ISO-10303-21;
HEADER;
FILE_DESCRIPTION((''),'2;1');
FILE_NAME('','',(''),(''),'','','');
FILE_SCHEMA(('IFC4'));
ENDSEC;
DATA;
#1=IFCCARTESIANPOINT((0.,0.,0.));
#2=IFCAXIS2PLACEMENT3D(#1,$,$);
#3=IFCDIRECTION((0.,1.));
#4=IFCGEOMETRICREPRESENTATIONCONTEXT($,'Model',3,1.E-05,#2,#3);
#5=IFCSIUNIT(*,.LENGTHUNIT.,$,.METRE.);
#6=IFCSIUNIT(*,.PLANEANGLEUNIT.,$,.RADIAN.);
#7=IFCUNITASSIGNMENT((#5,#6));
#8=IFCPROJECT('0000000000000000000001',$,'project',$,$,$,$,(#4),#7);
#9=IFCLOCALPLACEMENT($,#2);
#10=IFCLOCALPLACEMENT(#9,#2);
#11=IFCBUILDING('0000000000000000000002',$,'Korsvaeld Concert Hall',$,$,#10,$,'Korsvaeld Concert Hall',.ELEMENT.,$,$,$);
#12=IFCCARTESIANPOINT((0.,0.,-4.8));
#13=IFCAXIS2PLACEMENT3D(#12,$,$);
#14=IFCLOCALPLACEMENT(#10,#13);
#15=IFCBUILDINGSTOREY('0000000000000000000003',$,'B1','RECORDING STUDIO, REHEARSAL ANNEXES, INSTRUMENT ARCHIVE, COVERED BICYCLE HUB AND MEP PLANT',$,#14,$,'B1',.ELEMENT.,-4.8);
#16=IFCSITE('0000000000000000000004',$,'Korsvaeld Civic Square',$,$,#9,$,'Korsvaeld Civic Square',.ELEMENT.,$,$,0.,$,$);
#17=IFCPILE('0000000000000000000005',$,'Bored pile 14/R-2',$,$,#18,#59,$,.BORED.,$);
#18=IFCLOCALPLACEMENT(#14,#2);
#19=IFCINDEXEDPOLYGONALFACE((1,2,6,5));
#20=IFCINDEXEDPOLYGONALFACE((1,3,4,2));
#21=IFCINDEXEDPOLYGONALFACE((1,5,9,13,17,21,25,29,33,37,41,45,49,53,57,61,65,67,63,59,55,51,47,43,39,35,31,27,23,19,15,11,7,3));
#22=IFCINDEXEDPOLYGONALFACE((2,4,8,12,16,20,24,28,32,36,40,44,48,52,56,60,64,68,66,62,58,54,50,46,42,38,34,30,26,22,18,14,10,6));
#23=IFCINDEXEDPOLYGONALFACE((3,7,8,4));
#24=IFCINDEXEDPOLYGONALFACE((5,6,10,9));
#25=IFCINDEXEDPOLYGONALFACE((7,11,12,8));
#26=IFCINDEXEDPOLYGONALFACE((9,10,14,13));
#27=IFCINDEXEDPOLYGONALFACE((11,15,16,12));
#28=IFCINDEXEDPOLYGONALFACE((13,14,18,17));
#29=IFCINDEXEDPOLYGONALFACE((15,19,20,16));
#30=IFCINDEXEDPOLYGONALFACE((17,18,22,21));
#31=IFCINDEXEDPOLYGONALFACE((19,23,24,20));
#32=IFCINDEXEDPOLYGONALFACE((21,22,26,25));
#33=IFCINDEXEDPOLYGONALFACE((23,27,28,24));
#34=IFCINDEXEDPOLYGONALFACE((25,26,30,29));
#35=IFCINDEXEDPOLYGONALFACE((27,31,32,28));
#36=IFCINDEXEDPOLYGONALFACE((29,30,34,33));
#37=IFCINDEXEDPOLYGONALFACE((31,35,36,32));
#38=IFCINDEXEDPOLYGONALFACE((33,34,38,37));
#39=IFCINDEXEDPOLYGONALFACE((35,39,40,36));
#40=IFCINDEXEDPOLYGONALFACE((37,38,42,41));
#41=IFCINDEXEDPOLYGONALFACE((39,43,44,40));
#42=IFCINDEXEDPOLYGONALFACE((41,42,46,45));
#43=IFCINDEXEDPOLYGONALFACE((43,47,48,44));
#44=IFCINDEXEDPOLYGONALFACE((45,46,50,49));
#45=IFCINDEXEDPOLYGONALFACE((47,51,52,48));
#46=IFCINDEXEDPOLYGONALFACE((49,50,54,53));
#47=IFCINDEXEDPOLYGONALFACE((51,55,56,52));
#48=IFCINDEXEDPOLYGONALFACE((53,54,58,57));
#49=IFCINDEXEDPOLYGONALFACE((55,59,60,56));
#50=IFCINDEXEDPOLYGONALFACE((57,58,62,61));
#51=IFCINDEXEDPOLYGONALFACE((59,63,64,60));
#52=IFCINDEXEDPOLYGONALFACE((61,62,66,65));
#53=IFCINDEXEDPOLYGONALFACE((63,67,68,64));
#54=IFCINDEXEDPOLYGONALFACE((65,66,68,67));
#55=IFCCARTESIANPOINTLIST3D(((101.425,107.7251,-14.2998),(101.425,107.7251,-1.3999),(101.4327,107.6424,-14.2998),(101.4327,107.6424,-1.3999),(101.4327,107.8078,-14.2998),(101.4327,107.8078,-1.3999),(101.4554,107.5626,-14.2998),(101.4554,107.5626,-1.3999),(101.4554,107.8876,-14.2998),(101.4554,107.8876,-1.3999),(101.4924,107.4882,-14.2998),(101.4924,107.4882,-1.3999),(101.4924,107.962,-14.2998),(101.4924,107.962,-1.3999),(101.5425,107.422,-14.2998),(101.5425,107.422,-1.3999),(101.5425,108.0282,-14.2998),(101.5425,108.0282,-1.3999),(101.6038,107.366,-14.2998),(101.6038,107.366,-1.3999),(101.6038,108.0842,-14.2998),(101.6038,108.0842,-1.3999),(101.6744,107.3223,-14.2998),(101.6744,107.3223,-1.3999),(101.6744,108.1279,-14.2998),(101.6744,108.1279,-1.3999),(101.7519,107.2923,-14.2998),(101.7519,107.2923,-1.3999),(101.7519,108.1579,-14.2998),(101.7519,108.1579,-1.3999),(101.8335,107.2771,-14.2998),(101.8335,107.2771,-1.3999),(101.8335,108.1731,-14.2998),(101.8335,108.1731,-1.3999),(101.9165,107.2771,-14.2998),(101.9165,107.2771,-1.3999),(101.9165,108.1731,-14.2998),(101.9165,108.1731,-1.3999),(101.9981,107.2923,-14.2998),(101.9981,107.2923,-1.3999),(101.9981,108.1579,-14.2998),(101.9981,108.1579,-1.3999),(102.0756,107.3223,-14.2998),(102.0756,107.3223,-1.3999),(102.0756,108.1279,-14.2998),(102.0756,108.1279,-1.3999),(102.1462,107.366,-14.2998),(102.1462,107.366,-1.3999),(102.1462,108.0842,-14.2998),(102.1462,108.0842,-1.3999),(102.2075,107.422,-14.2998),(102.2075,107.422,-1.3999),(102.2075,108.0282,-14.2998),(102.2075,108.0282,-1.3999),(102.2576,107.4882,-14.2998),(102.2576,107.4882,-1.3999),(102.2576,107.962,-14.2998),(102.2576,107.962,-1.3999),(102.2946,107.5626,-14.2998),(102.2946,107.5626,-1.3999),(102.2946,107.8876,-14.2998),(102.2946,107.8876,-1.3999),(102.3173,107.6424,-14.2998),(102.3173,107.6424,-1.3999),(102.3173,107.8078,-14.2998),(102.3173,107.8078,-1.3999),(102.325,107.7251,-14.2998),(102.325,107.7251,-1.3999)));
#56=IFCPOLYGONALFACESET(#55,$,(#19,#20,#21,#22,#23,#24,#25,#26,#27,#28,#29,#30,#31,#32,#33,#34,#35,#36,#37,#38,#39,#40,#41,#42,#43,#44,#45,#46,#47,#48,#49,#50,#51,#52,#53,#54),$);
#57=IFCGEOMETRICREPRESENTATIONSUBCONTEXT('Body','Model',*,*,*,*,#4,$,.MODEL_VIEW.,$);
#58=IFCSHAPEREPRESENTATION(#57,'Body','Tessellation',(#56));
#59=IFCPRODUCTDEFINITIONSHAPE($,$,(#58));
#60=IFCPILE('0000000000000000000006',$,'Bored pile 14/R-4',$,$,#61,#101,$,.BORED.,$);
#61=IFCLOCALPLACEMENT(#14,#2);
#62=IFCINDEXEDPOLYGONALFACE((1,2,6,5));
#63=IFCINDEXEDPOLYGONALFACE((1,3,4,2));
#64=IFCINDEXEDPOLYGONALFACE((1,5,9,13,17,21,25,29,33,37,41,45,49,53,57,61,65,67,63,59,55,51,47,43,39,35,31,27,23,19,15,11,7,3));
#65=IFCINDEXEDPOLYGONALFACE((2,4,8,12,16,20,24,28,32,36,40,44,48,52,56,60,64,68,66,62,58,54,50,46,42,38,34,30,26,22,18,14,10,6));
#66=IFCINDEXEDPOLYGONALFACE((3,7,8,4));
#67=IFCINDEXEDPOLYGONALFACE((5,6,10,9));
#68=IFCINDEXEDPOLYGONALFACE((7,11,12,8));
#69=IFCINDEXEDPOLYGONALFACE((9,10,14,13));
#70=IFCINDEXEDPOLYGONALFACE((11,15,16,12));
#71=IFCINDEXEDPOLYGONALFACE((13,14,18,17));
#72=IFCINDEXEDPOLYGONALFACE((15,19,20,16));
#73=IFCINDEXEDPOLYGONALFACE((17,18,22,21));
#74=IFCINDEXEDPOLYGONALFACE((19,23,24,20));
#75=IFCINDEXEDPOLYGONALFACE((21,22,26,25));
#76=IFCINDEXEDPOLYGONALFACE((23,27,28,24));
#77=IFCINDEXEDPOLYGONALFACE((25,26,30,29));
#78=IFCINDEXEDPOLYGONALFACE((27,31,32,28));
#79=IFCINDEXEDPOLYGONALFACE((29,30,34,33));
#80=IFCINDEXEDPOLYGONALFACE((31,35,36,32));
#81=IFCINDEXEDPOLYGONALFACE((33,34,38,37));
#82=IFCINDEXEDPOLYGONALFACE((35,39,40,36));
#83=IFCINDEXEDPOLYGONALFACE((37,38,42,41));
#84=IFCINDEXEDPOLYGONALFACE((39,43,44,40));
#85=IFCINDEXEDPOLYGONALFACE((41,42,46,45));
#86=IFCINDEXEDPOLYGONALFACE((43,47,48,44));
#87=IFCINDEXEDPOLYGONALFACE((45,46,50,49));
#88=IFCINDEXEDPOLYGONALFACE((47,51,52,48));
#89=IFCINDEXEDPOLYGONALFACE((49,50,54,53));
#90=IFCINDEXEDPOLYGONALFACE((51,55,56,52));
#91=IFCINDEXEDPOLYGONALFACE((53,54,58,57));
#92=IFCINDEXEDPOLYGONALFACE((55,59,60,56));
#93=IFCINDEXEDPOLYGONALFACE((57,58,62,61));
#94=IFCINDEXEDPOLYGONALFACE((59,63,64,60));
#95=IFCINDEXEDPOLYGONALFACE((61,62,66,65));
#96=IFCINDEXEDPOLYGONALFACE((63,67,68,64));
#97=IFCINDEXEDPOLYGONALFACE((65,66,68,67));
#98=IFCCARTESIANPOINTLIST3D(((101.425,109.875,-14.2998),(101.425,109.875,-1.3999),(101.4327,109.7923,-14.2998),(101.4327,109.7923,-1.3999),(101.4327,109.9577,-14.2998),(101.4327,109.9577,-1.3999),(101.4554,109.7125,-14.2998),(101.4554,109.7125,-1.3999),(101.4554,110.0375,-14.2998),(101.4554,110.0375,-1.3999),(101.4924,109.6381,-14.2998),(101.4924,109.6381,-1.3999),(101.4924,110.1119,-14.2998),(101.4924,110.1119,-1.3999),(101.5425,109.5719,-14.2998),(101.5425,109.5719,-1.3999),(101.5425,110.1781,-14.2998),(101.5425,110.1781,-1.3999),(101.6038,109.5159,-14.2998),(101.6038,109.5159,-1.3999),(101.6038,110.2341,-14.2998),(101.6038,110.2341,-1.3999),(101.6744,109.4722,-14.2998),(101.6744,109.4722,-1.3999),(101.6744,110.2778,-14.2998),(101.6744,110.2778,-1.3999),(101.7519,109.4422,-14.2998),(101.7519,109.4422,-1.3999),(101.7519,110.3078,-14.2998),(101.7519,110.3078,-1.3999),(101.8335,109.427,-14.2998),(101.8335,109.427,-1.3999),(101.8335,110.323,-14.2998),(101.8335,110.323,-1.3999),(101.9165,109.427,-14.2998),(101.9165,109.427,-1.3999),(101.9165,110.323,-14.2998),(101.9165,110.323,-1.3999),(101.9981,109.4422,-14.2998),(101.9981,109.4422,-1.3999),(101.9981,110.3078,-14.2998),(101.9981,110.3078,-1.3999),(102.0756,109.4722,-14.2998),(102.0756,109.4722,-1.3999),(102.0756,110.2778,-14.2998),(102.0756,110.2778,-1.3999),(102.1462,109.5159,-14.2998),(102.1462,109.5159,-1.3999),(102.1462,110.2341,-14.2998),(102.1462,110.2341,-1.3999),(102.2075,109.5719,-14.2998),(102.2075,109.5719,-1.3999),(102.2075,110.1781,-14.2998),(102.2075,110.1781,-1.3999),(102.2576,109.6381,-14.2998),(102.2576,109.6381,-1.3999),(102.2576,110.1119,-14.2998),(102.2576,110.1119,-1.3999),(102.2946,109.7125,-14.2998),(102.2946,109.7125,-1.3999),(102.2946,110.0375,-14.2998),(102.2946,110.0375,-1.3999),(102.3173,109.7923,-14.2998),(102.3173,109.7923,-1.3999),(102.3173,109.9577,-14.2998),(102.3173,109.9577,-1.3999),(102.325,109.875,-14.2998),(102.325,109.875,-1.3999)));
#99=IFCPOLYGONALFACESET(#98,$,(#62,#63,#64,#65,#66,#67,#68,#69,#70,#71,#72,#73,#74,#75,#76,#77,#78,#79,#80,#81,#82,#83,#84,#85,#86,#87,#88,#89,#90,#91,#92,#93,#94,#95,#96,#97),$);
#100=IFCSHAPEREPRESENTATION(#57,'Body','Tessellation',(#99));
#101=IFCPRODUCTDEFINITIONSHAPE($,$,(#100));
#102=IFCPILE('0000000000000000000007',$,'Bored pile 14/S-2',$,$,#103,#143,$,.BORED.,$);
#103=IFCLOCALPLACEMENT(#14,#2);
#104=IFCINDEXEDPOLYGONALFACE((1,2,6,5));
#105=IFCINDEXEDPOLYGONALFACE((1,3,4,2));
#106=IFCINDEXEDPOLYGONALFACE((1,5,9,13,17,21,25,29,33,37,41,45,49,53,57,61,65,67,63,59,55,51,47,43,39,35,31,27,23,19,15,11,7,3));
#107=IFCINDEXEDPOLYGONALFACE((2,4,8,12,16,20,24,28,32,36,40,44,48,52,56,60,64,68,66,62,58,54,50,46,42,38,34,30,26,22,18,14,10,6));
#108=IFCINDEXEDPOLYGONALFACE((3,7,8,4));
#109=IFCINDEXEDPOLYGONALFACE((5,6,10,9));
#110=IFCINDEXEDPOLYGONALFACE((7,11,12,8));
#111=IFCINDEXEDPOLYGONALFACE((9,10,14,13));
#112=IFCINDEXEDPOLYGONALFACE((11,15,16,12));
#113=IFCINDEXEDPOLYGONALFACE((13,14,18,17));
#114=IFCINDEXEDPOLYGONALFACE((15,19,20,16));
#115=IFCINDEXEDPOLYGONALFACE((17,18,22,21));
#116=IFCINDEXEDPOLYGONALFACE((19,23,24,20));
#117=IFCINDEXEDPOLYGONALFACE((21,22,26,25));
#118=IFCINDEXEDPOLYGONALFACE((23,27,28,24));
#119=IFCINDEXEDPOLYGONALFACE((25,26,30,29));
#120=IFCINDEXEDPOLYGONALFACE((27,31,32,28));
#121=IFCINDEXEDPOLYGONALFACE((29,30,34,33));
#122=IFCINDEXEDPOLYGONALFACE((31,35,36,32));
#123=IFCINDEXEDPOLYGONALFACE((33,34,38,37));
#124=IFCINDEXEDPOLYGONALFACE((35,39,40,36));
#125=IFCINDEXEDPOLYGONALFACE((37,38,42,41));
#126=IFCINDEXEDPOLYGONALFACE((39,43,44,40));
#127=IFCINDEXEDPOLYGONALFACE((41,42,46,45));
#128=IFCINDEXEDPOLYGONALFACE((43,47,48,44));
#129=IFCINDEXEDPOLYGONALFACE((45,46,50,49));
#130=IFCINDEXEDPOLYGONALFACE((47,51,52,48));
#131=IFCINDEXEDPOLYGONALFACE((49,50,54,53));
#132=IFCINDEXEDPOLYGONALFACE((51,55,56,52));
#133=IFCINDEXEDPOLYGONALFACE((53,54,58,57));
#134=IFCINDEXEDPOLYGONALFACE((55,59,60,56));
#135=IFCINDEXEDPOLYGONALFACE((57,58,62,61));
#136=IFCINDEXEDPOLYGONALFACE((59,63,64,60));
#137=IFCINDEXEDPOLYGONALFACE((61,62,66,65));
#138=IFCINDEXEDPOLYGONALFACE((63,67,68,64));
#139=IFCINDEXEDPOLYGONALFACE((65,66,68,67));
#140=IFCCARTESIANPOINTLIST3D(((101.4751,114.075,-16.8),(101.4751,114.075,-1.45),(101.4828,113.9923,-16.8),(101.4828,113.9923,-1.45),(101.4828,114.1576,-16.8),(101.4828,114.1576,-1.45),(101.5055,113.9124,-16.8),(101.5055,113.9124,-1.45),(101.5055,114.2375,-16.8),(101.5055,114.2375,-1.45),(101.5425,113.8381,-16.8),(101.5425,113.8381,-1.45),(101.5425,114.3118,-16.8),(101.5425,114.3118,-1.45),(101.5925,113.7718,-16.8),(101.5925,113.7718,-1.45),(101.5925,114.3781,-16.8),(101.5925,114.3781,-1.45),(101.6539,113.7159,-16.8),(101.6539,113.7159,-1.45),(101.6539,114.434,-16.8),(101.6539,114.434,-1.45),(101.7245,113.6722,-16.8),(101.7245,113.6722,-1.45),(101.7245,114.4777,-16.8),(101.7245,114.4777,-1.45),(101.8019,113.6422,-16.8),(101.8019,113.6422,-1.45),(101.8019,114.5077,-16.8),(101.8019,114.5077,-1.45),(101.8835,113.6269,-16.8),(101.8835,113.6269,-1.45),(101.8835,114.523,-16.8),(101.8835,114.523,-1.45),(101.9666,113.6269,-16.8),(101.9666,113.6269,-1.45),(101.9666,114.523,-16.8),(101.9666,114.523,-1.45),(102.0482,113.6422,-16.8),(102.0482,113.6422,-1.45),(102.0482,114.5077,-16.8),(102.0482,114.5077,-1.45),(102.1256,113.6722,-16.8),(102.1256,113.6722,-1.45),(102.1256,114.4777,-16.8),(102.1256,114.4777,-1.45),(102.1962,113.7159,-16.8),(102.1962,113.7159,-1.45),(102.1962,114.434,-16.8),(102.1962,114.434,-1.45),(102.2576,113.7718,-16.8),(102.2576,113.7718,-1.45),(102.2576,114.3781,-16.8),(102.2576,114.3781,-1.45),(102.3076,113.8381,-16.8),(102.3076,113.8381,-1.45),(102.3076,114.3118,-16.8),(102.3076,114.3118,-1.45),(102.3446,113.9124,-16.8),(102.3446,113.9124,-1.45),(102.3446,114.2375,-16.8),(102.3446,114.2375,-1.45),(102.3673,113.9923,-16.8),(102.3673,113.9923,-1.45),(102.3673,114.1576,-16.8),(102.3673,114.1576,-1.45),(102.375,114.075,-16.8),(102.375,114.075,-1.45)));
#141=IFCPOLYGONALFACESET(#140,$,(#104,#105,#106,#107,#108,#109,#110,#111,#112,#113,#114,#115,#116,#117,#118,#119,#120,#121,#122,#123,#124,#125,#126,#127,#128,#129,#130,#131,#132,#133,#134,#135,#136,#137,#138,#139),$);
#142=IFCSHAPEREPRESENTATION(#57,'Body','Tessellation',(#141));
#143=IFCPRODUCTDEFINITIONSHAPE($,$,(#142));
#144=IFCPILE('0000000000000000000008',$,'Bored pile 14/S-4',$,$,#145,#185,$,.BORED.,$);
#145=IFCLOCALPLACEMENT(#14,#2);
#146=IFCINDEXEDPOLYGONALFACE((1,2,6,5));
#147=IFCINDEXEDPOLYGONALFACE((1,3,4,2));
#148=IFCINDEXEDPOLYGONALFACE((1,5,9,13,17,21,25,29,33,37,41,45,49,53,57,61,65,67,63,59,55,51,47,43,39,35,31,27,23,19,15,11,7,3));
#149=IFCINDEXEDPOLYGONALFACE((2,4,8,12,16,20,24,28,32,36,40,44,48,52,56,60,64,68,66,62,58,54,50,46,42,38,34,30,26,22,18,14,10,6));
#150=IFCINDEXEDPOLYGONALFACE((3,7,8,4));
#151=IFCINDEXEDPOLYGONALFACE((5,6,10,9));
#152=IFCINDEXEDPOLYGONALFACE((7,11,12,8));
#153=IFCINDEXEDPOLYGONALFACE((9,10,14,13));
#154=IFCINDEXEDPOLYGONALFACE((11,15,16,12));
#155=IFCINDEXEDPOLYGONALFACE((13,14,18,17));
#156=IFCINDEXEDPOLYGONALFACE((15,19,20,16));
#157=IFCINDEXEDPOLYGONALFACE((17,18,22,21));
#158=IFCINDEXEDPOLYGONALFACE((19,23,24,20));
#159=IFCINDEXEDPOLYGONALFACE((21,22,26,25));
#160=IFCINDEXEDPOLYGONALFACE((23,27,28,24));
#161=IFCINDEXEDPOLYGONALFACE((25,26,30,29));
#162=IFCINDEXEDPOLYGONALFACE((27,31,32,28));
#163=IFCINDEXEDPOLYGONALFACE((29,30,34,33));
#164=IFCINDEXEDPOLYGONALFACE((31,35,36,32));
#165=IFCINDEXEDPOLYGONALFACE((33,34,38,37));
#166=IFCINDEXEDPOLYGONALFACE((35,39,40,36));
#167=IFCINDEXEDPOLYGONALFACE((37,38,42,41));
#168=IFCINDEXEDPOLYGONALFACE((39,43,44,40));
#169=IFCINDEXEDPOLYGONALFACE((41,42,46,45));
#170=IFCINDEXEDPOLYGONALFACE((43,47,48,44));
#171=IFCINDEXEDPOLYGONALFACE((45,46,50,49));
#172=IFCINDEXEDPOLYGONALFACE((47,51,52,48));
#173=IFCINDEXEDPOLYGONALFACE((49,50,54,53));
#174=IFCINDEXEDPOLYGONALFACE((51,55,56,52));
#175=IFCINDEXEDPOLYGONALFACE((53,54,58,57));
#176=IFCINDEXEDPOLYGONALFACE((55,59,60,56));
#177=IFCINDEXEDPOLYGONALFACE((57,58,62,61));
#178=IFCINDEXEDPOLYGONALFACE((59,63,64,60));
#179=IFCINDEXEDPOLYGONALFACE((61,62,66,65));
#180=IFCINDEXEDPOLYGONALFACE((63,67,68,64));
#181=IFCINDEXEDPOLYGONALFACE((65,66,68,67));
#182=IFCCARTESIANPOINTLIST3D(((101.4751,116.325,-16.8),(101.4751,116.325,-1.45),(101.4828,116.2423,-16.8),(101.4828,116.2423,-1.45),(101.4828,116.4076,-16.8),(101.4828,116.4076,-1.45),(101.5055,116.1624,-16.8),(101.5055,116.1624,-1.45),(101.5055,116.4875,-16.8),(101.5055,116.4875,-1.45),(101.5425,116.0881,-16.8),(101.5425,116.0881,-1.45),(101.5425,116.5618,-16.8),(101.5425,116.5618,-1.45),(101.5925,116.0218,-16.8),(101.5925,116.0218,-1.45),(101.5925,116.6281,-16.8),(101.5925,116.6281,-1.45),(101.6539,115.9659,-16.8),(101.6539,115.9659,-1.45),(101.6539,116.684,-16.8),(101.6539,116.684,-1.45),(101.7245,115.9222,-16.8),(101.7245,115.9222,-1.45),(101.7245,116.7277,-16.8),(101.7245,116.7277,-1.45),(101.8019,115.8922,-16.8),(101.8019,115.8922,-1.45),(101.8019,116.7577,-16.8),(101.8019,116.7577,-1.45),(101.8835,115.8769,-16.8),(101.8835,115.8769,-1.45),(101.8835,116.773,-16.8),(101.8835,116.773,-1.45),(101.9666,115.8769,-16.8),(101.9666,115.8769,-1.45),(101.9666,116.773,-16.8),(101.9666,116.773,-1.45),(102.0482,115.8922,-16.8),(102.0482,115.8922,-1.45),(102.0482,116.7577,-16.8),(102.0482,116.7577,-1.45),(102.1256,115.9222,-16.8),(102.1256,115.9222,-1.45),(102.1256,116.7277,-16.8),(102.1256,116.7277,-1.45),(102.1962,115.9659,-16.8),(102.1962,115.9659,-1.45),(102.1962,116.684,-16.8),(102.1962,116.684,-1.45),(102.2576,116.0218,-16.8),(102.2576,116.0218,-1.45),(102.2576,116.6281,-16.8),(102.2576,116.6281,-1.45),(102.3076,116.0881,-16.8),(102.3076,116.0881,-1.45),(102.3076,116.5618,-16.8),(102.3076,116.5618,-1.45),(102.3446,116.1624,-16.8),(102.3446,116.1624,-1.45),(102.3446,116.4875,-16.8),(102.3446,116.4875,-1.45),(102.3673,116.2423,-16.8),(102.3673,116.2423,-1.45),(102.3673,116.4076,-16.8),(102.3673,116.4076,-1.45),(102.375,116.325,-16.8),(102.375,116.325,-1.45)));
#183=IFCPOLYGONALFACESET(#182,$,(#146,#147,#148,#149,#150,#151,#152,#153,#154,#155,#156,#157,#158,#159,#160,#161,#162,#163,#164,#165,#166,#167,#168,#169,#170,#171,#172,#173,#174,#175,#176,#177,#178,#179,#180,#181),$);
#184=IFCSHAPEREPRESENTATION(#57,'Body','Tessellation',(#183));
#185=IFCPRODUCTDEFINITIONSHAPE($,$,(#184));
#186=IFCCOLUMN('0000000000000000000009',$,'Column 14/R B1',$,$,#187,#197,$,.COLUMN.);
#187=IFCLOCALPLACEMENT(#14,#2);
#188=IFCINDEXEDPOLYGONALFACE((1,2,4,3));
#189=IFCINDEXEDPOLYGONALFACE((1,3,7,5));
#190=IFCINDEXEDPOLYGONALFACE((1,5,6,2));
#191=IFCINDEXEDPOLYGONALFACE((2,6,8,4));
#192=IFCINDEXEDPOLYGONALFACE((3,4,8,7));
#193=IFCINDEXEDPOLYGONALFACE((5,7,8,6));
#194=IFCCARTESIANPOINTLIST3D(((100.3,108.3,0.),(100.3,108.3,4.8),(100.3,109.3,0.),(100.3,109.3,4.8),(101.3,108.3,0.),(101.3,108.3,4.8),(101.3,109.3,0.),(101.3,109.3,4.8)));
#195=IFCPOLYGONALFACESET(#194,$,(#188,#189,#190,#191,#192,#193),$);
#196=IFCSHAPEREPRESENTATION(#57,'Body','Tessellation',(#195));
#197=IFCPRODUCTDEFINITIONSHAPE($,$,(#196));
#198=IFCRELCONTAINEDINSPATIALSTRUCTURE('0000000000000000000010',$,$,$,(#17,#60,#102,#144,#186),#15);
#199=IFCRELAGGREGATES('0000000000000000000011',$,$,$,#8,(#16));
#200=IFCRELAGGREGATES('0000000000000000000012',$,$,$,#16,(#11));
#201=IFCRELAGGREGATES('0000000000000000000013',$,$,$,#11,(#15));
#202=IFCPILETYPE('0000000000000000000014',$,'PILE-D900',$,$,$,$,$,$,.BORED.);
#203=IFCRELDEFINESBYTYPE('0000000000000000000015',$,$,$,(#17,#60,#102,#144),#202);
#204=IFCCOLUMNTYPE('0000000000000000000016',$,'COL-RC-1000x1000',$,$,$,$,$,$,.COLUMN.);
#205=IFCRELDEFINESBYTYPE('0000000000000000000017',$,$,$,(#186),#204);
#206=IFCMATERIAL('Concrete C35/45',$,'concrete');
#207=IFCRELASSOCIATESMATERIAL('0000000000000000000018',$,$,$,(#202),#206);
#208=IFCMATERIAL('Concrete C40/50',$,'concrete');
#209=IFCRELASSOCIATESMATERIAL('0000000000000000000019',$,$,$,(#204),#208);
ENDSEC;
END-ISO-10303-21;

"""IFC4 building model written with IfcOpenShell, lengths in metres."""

from ifc_helpers import new_model, si_unit, direction, frame, origin, origin_2d, place, context, subcontext, project, spatial, rectangle, circle, extrude, material, material_profile, profile_set, type_object, element, save


model = new_model("IFC4")

# Units and contexts
model_context = context("Model", 3, precision=1e-05, world=origin(), true_north=direction((0.0, 1.0)))
body_context = subcontext(model_context, "Body", "Model", "MODEL_VIEW")
ifc_project = project(units=[si_unit("LENGTHUNIT", "METRE"), si_unit("PLANEANGLEUNIT", "RADIAN")], contexts=[model_context])

# Site, building, storey
site_placement = place(None, origin())
site = spatial("IfcSite", under=ifc_project, at=site_placement, Name="Korsvaeld Civic Square", LongName="Korsvaeld Civic Square", CompositionType="ELEMENT", RefElevation=0.0)
building_placement = place(site_placement, origin())
building = spatial("IfcBuilding", under=site, at=building_placement, Name="Korsvaeld Concert Hall", LongName="Korsvaeld Concert Hall", CompositionType="ELEMENT")
storey_placement = place(building_placement, frame((0.0, 0.0, -4.8)))
storey = spatial("IfcBuildingStorey", under=building, at=storey_placement, Name="B1", Description="RECORDING STUDIO, REHEARSAL ANNEXES, INSTRUMENT ARCHIVE, COVERED BICYCLE HUB AND MEP PLANT", LongName="B1", CompositionType="ELEMENT", Elevation=-4.8)

# Shared definitions
ifc_material_1 = material(Name="Concrete C35/45", Category="concrete")

# Piles
ifc_material_profile_1 = material_profile(ifc_material_1, circle(Radius=0.45, at=origin_2d()), Name="BORED PILE D900")
ifc_profile_set_1 = profile_set([ifc_material_profile_1], Name="Concrete C35/45")
pile_type = type_object("IfcPileType", Name="PILE-D900", PredefinedType="BORED", material=ifc_profile_set_1)
for number, where, z_axis, x_axis, name in (
    (1, (101.875, 107.7251, -1.3999), (0.0, 0.0, -1.0), (1.0, 0.0, 0.0), "Bored pile 14/R-2"),
    (2, (101.875, 109.875, -1.3999), (0.0, 0.0, -1.0), (1.0, 0.0, 0.0), "Bored pile 14/R-4"),
):
    element("IfcPile", number, at=place(storey_placement, frame(where, z_axis=z_axis, x_axis=x_axis)), inside=storey, type_object=pile_type, Name=name, PredefinedType="BORED", context=body_context, shape_type="SweptSolid", body=[
        extrude(circle(Radius=0.45, at=origin_2d()), origin(), (0.0, 0.0, 1.0), 12.8999),
    ])
for number, where, z_axis, x_axis, name in (
    (3, (101.925, 114.075, -1.45), (0.0, 0.0, -1.0), (1.0, 0.0, 0.0), "Bored pile 14/S-2"),
    (4, (101.925, 116.325, -1.45), (0.0, 0.0, -1.0), (1.0, 0.0, 0.0), "Bored pile 14/S-4"),
):
    element("IfcPile", number, at=place(storey_placement, frame(where, z_axis=z_axis, x_axis=x_axis)), inside=storey, type_object=pile_type, Name=name, PredefinedType="BORED", context=body_context, shape_type="SweptSolid", body=[
        extrude(circle(Radius=0.45, at=origin_2d()), origin(), (0.0, 0.0, 1.0), 15.3501),
    ])

# Column
ifc_material_2 = material(Name="Concrete C40/50", Category="concrete")
ifc_material_profile_2 = material_profile(ifc_material_2, rectangle(XDim=1.0, YDim=1.0, at=origin_2d()), Name="RC 1000x1000")
ifc_profile_set_2 = profile_set([ifc_material_profile_2], Name="Concrete C40/50")
column_type_1 = type_object("IfcColumnType", Name="COL-RC-1000x1000", PredefinedType="COLUMN", material=ifc_profile_set_2)
column_1_placement = place(storey_placement, frame((100.8, 108.8, 0.0), z_axis=(0.0, 0.0, 1.0), x_axis=(1.0, 0.0, 0.0)))
element("IfcColumn", 5, at=column_1_placement, inside=storey, type_object=column_type_1, Name="Column 14/R B1", PredefinedType="COLUMN", context=body_context, shape_type="SweptSolid", body=[
    extrude(rectangle(XDim=1.0, YDim=1.0, at=origin_2d()), origin(), (0.0, 0.0, 1.0), 4.8),
])

save(model, "model.ifc")
